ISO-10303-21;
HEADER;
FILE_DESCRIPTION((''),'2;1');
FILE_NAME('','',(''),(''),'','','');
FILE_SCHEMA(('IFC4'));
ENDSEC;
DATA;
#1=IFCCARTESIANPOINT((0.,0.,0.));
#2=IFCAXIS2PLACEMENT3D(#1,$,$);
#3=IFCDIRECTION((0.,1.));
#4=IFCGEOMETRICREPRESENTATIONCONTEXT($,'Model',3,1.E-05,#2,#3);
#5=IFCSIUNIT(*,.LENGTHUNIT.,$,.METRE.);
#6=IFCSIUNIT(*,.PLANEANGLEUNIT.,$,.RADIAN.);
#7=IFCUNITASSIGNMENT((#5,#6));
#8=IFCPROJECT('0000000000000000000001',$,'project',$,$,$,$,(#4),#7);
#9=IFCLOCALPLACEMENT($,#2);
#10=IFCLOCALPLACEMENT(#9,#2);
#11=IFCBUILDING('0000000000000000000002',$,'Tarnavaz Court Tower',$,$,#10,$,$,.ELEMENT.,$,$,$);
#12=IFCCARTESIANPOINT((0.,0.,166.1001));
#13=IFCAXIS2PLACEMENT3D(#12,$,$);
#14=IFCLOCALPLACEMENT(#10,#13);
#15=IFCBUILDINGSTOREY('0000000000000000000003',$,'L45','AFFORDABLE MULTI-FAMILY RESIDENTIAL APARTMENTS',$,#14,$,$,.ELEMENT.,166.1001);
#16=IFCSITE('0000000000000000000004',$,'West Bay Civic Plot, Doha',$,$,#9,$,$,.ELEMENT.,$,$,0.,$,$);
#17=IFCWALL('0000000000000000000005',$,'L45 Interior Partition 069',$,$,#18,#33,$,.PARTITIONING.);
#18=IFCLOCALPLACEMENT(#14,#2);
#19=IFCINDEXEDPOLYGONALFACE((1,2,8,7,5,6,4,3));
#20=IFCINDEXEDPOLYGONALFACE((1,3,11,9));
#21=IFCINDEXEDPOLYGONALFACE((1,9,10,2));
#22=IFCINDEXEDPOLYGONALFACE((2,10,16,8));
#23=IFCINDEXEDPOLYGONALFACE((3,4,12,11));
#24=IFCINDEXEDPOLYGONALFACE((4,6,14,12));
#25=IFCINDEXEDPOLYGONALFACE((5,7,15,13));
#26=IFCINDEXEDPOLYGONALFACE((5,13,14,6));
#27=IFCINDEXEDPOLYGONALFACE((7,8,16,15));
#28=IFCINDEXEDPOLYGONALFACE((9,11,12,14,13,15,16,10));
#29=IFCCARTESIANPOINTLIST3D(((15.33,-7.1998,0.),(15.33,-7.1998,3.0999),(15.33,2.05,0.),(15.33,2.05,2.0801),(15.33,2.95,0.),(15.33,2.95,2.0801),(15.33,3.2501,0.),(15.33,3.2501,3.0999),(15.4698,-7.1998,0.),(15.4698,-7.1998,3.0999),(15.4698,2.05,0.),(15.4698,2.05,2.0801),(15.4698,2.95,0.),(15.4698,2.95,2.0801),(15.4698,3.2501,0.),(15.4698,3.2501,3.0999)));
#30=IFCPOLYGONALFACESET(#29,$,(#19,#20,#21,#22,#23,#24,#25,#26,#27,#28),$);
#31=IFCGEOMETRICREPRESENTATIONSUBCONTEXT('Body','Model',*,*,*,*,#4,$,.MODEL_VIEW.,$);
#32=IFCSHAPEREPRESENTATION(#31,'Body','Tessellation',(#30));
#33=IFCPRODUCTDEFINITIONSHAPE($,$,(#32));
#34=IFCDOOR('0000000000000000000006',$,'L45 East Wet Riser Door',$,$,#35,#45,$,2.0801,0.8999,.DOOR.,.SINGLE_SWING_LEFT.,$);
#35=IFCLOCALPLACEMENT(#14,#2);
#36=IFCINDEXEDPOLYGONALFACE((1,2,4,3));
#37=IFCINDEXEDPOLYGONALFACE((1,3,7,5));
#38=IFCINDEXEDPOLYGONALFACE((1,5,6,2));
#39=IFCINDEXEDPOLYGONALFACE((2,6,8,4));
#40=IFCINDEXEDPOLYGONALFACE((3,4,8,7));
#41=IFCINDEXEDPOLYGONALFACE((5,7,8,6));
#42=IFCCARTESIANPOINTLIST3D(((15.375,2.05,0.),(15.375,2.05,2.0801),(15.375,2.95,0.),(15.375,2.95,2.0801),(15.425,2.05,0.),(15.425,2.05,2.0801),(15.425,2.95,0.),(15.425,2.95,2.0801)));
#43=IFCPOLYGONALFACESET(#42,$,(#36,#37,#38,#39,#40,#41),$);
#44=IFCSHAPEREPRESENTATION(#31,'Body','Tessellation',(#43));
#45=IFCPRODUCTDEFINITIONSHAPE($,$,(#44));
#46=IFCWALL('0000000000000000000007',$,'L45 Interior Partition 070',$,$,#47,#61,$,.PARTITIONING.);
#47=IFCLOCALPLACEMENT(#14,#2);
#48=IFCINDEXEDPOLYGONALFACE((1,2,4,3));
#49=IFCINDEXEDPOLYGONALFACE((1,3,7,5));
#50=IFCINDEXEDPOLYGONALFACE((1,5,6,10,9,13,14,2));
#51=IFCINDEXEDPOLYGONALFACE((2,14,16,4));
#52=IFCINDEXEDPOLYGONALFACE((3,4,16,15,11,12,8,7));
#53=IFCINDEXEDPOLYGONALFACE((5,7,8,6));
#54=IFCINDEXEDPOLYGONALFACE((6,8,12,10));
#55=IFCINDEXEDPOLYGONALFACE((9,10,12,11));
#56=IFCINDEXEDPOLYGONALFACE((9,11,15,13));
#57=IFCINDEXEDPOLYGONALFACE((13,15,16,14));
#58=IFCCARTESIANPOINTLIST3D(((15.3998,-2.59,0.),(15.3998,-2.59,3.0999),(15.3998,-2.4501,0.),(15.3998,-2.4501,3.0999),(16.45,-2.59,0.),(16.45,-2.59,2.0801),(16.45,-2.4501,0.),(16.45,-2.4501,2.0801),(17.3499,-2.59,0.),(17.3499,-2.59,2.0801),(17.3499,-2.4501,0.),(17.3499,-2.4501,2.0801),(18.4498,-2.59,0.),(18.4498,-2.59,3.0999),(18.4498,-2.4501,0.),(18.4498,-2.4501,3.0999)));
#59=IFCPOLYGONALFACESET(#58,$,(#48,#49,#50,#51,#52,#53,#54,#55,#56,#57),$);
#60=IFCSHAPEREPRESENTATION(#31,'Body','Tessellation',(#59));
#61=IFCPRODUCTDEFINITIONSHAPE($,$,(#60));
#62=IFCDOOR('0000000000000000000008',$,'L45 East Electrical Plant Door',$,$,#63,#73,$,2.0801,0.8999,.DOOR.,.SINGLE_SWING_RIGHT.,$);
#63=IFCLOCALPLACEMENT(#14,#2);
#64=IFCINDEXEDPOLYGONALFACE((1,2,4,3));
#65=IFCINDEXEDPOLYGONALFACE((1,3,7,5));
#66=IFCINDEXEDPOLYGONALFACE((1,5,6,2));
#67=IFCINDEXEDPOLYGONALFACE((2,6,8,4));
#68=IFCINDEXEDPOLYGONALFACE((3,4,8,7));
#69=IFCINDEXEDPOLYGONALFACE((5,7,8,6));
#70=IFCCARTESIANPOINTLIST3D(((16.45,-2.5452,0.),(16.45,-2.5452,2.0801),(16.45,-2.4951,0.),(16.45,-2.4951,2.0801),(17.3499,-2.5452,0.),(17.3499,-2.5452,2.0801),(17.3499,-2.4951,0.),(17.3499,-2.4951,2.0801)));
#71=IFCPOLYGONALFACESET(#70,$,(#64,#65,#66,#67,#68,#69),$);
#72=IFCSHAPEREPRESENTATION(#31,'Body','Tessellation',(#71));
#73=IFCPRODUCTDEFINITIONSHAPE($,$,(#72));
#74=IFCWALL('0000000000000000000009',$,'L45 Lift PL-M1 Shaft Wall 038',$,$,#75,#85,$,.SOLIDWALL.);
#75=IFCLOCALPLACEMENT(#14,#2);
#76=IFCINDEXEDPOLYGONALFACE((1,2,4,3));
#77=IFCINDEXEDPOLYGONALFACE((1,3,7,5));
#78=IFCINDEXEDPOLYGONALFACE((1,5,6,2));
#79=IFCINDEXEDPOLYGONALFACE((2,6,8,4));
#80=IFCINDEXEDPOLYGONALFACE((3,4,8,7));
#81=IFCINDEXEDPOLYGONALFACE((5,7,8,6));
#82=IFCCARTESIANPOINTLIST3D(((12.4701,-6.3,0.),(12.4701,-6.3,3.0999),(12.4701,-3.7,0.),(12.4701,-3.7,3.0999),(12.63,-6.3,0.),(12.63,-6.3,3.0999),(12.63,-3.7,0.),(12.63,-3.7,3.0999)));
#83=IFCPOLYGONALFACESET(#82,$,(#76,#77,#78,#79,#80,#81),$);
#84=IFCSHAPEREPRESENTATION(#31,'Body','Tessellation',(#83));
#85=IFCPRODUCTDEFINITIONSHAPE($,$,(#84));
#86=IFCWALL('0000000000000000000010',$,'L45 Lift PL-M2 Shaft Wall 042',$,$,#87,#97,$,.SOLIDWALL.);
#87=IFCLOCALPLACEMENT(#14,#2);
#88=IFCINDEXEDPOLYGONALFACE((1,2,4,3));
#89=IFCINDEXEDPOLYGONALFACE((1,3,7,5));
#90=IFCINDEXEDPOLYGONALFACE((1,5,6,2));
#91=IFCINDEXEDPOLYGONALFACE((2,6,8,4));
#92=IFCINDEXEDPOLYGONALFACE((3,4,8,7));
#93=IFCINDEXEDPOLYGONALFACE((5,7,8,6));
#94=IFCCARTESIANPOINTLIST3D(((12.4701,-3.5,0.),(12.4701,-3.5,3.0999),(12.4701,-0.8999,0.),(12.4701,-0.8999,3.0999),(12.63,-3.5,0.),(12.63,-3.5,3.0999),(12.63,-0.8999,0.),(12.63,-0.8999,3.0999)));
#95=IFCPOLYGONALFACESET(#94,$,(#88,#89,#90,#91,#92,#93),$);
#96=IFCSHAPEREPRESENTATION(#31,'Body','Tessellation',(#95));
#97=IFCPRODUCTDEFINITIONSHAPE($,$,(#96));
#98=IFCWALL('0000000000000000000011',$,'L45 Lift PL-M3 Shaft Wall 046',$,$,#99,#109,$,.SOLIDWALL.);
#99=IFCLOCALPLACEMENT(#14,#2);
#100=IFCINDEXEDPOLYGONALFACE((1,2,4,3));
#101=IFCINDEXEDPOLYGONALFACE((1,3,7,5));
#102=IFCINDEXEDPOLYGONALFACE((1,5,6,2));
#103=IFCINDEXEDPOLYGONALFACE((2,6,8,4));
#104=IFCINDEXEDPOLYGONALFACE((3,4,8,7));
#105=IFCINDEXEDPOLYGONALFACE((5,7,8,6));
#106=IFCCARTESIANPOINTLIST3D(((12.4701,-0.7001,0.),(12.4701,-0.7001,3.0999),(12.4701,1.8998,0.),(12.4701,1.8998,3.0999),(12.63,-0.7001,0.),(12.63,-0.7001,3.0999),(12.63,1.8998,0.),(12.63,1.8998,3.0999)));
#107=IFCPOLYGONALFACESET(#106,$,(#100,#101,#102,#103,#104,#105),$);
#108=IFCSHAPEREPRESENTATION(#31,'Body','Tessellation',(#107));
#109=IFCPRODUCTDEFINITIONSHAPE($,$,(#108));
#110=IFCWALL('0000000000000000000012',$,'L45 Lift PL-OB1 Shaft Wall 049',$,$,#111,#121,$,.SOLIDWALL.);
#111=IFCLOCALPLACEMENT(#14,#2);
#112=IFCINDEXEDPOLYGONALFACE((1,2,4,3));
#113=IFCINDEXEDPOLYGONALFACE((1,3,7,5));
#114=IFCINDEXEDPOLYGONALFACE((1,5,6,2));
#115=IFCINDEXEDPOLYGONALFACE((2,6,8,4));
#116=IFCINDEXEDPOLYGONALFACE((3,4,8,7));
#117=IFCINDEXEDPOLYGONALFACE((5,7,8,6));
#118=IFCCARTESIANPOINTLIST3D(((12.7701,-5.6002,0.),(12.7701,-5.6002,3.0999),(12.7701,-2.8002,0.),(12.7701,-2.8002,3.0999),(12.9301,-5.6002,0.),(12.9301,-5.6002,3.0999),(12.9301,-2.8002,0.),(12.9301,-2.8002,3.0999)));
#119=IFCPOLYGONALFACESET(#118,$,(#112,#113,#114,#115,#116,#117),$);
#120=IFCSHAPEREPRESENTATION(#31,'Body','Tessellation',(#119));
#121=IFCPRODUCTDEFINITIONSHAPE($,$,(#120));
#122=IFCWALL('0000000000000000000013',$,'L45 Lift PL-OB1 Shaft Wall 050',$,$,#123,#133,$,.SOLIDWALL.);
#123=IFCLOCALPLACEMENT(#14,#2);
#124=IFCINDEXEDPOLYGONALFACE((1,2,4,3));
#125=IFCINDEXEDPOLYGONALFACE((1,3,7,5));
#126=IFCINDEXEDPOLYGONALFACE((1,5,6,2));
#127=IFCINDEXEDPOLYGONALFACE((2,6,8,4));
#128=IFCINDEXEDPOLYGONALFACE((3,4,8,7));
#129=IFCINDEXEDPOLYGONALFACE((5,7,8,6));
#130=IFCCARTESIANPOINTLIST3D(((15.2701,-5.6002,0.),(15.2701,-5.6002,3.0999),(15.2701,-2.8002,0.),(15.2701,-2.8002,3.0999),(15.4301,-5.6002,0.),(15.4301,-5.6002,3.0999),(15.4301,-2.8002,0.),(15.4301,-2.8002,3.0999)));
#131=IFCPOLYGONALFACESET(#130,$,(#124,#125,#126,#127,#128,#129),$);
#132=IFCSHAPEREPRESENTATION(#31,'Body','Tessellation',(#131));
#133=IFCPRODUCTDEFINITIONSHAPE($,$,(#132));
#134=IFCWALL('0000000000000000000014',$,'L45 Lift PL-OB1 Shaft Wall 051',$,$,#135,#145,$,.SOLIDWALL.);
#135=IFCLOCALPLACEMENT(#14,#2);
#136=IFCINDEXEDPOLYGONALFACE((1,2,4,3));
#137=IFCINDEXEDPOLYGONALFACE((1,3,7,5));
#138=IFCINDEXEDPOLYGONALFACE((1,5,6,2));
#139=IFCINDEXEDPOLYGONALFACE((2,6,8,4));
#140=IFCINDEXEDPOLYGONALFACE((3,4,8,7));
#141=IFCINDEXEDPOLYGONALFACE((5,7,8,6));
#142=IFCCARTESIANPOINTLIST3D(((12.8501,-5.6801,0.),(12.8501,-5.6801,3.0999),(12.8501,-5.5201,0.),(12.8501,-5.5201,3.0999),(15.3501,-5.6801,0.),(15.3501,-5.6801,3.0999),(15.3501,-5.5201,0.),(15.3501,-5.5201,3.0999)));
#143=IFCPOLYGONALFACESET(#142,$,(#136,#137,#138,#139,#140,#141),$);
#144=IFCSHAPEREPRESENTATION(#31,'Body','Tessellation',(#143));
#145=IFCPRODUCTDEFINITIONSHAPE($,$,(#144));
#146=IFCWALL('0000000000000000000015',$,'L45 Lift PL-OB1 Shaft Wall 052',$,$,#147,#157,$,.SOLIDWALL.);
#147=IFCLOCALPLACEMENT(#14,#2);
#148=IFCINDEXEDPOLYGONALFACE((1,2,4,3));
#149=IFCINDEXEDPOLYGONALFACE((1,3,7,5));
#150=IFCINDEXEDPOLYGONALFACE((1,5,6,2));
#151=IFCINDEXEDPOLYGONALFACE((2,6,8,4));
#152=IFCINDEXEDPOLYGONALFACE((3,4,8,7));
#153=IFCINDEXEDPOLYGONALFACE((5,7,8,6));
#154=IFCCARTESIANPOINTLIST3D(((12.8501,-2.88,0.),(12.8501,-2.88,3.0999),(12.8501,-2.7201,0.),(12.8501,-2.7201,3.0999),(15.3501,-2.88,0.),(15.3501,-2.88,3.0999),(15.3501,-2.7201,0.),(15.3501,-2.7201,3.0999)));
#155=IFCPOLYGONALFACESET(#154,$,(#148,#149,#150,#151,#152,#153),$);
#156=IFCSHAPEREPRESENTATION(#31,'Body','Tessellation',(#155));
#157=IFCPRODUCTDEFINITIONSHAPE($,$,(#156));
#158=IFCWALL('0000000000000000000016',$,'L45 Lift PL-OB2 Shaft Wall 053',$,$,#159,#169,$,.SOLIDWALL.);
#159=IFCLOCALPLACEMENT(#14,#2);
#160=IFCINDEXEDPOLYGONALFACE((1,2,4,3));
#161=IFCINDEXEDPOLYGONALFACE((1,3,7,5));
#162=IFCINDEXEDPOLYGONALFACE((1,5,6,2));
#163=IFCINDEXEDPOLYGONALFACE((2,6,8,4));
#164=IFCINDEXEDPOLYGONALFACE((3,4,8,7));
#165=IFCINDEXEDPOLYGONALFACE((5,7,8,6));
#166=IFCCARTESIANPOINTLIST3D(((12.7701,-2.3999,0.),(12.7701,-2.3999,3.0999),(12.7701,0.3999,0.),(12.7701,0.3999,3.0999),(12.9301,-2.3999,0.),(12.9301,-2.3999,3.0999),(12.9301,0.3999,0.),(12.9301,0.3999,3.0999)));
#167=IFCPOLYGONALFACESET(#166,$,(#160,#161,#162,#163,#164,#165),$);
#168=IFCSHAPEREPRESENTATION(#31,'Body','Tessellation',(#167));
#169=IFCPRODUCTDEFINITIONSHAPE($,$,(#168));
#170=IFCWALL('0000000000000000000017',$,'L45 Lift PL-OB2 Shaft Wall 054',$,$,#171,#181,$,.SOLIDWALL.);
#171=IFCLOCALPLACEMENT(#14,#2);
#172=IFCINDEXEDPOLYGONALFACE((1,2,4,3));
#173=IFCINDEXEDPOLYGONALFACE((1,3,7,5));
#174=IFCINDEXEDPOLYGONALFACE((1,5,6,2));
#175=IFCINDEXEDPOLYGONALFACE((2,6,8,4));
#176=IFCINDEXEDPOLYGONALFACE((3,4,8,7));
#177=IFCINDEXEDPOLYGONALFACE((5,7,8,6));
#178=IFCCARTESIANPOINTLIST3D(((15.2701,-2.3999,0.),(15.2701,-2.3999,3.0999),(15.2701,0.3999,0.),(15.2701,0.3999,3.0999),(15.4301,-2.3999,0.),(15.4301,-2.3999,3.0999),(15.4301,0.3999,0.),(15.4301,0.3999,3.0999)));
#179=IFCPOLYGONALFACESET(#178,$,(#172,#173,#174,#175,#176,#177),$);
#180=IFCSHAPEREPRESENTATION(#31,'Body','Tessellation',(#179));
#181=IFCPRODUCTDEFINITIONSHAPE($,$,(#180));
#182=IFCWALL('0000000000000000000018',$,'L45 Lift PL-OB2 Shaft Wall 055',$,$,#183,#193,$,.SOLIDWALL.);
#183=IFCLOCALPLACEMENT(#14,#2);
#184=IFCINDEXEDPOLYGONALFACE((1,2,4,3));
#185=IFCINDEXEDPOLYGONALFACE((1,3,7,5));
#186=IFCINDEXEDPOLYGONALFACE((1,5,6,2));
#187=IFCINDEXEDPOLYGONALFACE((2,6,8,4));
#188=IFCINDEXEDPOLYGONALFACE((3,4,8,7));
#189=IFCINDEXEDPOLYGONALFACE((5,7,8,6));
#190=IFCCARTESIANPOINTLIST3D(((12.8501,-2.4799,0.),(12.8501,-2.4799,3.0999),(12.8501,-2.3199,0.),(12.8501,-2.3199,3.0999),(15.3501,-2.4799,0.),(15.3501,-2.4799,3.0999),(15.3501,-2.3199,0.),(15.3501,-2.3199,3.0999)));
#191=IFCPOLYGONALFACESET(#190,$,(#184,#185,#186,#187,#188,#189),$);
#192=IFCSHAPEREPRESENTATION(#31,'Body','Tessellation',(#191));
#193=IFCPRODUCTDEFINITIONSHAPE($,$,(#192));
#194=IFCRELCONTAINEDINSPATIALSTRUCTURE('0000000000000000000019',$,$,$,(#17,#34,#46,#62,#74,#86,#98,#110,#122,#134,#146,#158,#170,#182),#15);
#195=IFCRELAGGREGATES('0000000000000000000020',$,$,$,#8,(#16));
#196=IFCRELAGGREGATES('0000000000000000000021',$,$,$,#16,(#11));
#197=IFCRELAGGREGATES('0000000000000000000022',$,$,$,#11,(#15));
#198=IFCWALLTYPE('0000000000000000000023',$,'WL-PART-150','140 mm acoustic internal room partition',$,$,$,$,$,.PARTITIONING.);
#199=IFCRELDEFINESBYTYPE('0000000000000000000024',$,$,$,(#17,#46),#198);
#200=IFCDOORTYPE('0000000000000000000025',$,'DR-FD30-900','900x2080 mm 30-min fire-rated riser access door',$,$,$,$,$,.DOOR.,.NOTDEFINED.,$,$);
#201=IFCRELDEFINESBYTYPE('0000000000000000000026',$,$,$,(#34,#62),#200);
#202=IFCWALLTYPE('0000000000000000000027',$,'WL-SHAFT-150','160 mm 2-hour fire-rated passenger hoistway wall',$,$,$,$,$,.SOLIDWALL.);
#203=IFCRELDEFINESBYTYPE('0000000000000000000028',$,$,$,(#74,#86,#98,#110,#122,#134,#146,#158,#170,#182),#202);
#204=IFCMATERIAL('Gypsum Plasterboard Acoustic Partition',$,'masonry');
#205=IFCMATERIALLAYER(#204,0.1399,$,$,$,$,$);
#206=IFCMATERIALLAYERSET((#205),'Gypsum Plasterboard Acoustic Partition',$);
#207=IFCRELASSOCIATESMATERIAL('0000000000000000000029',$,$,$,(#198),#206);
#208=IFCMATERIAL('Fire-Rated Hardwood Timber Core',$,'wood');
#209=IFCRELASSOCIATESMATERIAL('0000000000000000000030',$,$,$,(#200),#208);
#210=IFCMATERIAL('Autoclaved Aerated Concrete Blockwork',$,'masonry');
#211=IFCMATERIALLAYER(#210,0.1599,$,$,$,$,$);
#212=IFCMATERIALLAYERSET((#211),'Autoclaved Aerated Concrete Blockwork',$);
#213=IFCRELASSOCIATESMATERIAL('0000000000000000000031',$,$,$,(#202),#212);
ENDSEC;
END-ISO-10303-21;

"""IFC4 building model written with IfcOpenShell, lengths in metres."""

from ifc_helpers import new_model, si_unit, direction, frame, frame_2d, origin, place, context, subcontext, project, spatial, rectangle, extrude, material, layer, layer_set, type_object, element, fill, save


model = new_model("IFC4")

# Units and contexts
model_context = context("Model", 3, precision=1e-05, world=origin(), true_north=direction((0.0, 1.0)))
body_context = subcontext(model_context, "Body", "Model", "MODEL_VIEW")
ifc_project = project(units=[si_unit("LENGTHUNIT", "METRE"), si_unit("PLANEANGLEUNIT", "RADIAN")], contexts=[model_context])

# Site, building, storey
site_placement = place(None, origin())
site = spatial("IfcSite", under=ifc_project, at=site_placement, Name="West Bay Civic Plot, Doha", CompositionType="ELEMENT", RefElevation=0.0)
building_placement = place(site_placement, origin())
building = spatial("IfcBuilding", under=site, at=building_placement, Name="Tarnavaz Court Tower", CompositionType="ELEMENT")
storey_placement = place(building_placement, frame((0.0, 0.0, 166.1001)))
storey = spatial("IfcBuildingStorey", under=building, at=storey_placement, Name="L45", Description="AFFORDABLE MULTI-FAMILY RESIDENTIAL APARTMENTS", CompositionType="ELEMENT", Elevation=166.1001)

# Walls, openings, doors
ifc_material_1 = material(Name="Gypsum Plasterboard Acoustic Partition", Category="masonry")
ifc_layer_1 = layer(ifc_material_1, 0.1399)
ifc_layer_set_1 = layer_set([ifc_layer_1], Name="Gypsum Plasterboard Acoustic Partition")
wall_type_1 = type_object("IfcWallType", Name="WL-PART-150", Description="140 mm acoustic internal room partition", PredefinedType="PARTITIONING", material=ifc_layer_set_1)
wall_1_placement = place(storey_placement, frame((15.3999, -7.2, 0.0), z_axis=(0.0, 0.0, 1.0), x_axis=(0.0, 1.0, 0.0)))
wall_1 = element("IfcWall", 1, at=wall_1_placement, inside=storey, type_object=wall_type_1, Name="L45 Interior Partition 069", PredefinedType="PARTITIONING", context=body_context, shape_type="SweptSolid", body=[
    extrude(rectangle(XDim=10.45, YDim=0.1399, at=frame_2d((5.2251, 0.0))), origin(), (0.0, 0.0, 1.0), 3.0999),
])
opening_1_placement = place(wall_1_placement, frame((9.25, 0.0, 0.0)))
opening_1 = element("IfcOpeningElement", 2, at=opening_1_placement, cuts=wall_1, PredefinedType="OPENING", context=body_context, shape_type="SweptSolid", body=[
    extrude(rectangle(XDim=0.8999, YDim=2.0801, at=frame_2d((0.45, 1.04))), frame((0.0, 0.0798, 0.0), z_axis=(0.0, -1.0, 0.0), x_axis=(1.0, 0.0, 0.0)), (0.0, 0.0, 1.0), 0.1599),
])
ifc_material_2 = material(Name="Fire-Rated Hardwood Timber Core", Category="wood")
door_type = type_object("IfcDoorType", Name="DR-FD30-900", Description="900x2080 mm 30-min fire-rated riser access door", OperationType="NOTDEFINED", PredefinedType="DOOR", material=ifc_material_2)
door_1_placement = place(opening_1_placement, origin())
door_1 = element("IfcDoor", 3, at=door_1_placement, inside=storey, type_object=door_type, Name="L45 East Wet Riser Door", OperationType="SINGLE_SWING_LEFT", OverallHeight=2.0801, OverallWidth=0.8999, PredefinedType="DOOR", context=body_context, shape_type="SweptSolid", body=[
    extrude(rectangle(XDim=0.8999, YDim=2.0801, at=frame_2d((0.45, 1.04))), frame((0.0, 0.0249, 0.0), z_axis=(0.0, -1.0, 0.0), x_axis=(1.0, 0.0, 0.0)), (0.0, 0.0, 1.0), 0.05),
])
fill(opening_1, door_1)
wall_2_placement = place(storey_placement, frame((15.3999, -2.52, 0.0), z_axis=(0.0, 0.0, 1.0), x_axis=(1.0, 0.0, 0.0)))
wall_2 = element("IfcWall", 4, at=wall_2_placement, inside=storey, type_object=wall_type_1, Name="L45 Interior Partition 070", PredefinedType="PARTITIONING", context=body_context, shape_type="SweptSolid", body=[
    extrude(rectangle(XDim=3.05, YDim=0.1399, at=frame_2d((1.5249, 0.0))), origin(), (0.0, 0.0, 1.0), 3.0999),
])
opening_2_placement = place(wall_2_placement, frame((1.05, 0.0, 0.0)))
opening_2 = element("IfcOpeningElement", 5, at=opening_2_placement, cuts=wall_2, PredefinedType="OPENING", context=body_context, shape_type="SweptSolid", body=[
    extrude(rectangle(XDim=0.8999, YDim=2.0801, at=frame_2d((0.45, 1.04))), frame((0.0, 0.0798, 0.0), z_axis=(0.0, -1.0, 0.0), x_axis=(1.0, 0.0, 0.0)), (0.0, 0.0, 1.0), 0.1599),
])
door_2_placement = place(opening_2_placement, origin())
door_2 = element("IfcDoor", 6, at=door_2_placement, inside=storey, type_object=door_type, Name="L45 East Electrical Plant Door", OperationType="SINGLE_SWING_RIGHT", OverallHeight=2.0801, OverallWidth=0.8999, PredefinedType="DOOR", context=body_context, shape_type="SweptSolid", body=[
    extrude(rectangle(XDim=0.8999, YDim=2.0801, at=frame_2d((0.45, 1.04))), frame((0.0, 0.0249, 0.0), z_axis=(0.0, -1.0, 0.0), x_axis=(1.0, 0.0, 0.0)), (0.0, 0.0, 1.0), 0.05),
])
fill(opening_2, door_2)

# Walls
ifc_material_3 = material(Name="Autoclaved Aerated Concrete Blockwork", Category="masonry")
ifc_layer_2 = layer(ifc_material_3, 0.1599)
ifc_layer_set_2 = layer_set([ifc_layer_2], Name="Autoclaved Aerated Concrete Blockwork")
wall_type_2 = type_object("IfcWallType", Name="WL-SHAFT-150", Description="160 mm 2-hour fire-rated passenger hoistway wall", PredefinedType="SOLIDWALL", material=ifc_layer_set_2)
for number, where, z_axis, x_axis, name in (
    (7, (12.55, -6.3, 0.0), (0.0, 0.0, 1.0), (0.0, 1.0, 0.0), "L45 Lift PL-M1 Shaft Wall 038"),
    (8, (12.55, -3.5, 0.0), (0.0, 0.0, 1.0), (0.0, 1.0, 0.0), "L45 Lift PL-M2 Shaft Wall 042"),
):
    element("IfcWall", number, at=place(storey_placement, frame(where, z_axis=z_axis, x_axis=x_axis)), inside=storey, type_object=wall_type_2, Name=name, PredefinedType="SOLIDWALL", context=body_context, shape_type="SweptSolid", body=[
        extrude(rectangle(XDim=2.6001, YDim=0.1599, at=frame_2d((1.3, 0.0))), origin(), (0.0, 0.0, 1.0), 3.0999),
    ])
wall_3_placement = place(storey_placement, frame((12.55, -0.7, 0.0), z_axis=(0.0, 0.0, 1.0), x_axis=(0.0, 1.0, 0.0)))
element("IfcWall", 9, at=wall_3_placement, inside=storey, type_object=wall_type_2, Name="L45 Lift PL-M3 Shaft Wall 046", PredefinedType="SOLIDWALL", context=body_context, shape_type="SweptSolid", body=[
    extrude(rectangle(XDim=2.5999, YDim=0.1599, at=frame_2d((1.2998, 0.0))), origin(), (0.0, 0.0, 1.0), 3.0999),
])
for number, where, z_axis, x_axis, name in (
    (10, (12.8501, -5.6001, 0.0), (0.0, 0.0, 1.0), (0.0, 1.0, 0.0), "L45 Lift PL-OB1 Shaft Wall 049"),
    (11, (15.3501, -5.6001, 0.0), (0.0, 0.0, 1.0), (0.0, 1.0, 0.0), "L45 Lift PL-OB1 Shaft Wall 050"),
):
    element("IfcWall", number, at=place(storey_placement, frame(where, z_axis=z_axis, x_axis=x_axis)), inside=storey, type_object=wall_type_2, Name=name, PredefinedType="SOLIDWALL", context=body_context, shape_type="SweptSolid", body=[
        extrude(rectangle(XDim=2.8, YDim=0.1599, at=frame_2d((1.3999, 0.0))), origin(), (0.0, 0.0, 1.0), 3.0999),
    ])
for number, where, z_axis, x_axis, name in (
    (12, (12.8501, -5.6001, 0.0), (0.0, 0.0, 1.0), (1.0, 0.0, 0.0), "L45 Lift PL-OB1 Shaft Wall 051"),
    (13, (12.8501, -2.8, 0.0), (0.0, 0.0, 1.0), (1.0, 0.0, 0.0), "L45 Lift PL-OB1 Shaft Wall 052"),
):
    element("IfcWall", number, at=place(storey_placement, frame(where, z_axis=z_axis, x_axis=x_axis)), inside=storey, type_object=wall_type_2, Name=name, PredefinedType="SOLIDWALL", context=body_context, shape_type="SweptSolid", body=[
        extrude(rectangle(XDim=2.5, YDim=0.1599, at=frame_2d((1.25, 0.0))), origin(), (0.0, 0.0, 1.0), 3.0999),
    ])
for number, where, z_axis, x_axis, name in (
    (14, (12.8501, -2.3999, 0.0), (0.0, 0.0, 1.0), (0.0, 1.0, 0.0), "L45 Lift PL-OB2 Shaft Wall 053"),
    (15, (15.3501, -2.3999, 0.0), (0.0, 0.0, 1.0), (0.0, 1.0, 0.0), "L45 Lift PL-OB2 Shaft Wall 054"),
):
    element("IfcWall", number, at=place(storey_placement, frame(where, z_axis=z_axis, x_axis=x_axis)), inside=storey, type_object=wall_type_2, Name=name, PredefinedType="SOLIDWALL", context=body_context, shape_type="SweptSolid", body=[
        extrude(rectangle(XDim=2.7998, YDim=0.1599, at=frame_2d((1.3999, 0.0))), origin(), (0.0, 0.0, 1.0), 3.0999),
    ])
wall_4_placement = place(storey_placement, frame((12.8501, -2.3999, 0.0), z_axis=(0.0, 0.0, 1.0), x_axis=(1.0, 0.0, 0.0)))
element("IfcWall", 16, at=wall_4_placement, inside=storey, type_object=wall_type_2, Name="L45 Lift PL-OB2 Shaft Wall 055", PredefinedType="SOLIDWALL", context=body_context, shape_type="SweptSolid", body=[
    extrude(rectangle(XDim=2.5, YDim=0.1599, at=frame_2d((1.25, 0.0))), origin(), (0.0, 0.0, 1.0), 3.0999),
])

save(model, "model.ifc")
